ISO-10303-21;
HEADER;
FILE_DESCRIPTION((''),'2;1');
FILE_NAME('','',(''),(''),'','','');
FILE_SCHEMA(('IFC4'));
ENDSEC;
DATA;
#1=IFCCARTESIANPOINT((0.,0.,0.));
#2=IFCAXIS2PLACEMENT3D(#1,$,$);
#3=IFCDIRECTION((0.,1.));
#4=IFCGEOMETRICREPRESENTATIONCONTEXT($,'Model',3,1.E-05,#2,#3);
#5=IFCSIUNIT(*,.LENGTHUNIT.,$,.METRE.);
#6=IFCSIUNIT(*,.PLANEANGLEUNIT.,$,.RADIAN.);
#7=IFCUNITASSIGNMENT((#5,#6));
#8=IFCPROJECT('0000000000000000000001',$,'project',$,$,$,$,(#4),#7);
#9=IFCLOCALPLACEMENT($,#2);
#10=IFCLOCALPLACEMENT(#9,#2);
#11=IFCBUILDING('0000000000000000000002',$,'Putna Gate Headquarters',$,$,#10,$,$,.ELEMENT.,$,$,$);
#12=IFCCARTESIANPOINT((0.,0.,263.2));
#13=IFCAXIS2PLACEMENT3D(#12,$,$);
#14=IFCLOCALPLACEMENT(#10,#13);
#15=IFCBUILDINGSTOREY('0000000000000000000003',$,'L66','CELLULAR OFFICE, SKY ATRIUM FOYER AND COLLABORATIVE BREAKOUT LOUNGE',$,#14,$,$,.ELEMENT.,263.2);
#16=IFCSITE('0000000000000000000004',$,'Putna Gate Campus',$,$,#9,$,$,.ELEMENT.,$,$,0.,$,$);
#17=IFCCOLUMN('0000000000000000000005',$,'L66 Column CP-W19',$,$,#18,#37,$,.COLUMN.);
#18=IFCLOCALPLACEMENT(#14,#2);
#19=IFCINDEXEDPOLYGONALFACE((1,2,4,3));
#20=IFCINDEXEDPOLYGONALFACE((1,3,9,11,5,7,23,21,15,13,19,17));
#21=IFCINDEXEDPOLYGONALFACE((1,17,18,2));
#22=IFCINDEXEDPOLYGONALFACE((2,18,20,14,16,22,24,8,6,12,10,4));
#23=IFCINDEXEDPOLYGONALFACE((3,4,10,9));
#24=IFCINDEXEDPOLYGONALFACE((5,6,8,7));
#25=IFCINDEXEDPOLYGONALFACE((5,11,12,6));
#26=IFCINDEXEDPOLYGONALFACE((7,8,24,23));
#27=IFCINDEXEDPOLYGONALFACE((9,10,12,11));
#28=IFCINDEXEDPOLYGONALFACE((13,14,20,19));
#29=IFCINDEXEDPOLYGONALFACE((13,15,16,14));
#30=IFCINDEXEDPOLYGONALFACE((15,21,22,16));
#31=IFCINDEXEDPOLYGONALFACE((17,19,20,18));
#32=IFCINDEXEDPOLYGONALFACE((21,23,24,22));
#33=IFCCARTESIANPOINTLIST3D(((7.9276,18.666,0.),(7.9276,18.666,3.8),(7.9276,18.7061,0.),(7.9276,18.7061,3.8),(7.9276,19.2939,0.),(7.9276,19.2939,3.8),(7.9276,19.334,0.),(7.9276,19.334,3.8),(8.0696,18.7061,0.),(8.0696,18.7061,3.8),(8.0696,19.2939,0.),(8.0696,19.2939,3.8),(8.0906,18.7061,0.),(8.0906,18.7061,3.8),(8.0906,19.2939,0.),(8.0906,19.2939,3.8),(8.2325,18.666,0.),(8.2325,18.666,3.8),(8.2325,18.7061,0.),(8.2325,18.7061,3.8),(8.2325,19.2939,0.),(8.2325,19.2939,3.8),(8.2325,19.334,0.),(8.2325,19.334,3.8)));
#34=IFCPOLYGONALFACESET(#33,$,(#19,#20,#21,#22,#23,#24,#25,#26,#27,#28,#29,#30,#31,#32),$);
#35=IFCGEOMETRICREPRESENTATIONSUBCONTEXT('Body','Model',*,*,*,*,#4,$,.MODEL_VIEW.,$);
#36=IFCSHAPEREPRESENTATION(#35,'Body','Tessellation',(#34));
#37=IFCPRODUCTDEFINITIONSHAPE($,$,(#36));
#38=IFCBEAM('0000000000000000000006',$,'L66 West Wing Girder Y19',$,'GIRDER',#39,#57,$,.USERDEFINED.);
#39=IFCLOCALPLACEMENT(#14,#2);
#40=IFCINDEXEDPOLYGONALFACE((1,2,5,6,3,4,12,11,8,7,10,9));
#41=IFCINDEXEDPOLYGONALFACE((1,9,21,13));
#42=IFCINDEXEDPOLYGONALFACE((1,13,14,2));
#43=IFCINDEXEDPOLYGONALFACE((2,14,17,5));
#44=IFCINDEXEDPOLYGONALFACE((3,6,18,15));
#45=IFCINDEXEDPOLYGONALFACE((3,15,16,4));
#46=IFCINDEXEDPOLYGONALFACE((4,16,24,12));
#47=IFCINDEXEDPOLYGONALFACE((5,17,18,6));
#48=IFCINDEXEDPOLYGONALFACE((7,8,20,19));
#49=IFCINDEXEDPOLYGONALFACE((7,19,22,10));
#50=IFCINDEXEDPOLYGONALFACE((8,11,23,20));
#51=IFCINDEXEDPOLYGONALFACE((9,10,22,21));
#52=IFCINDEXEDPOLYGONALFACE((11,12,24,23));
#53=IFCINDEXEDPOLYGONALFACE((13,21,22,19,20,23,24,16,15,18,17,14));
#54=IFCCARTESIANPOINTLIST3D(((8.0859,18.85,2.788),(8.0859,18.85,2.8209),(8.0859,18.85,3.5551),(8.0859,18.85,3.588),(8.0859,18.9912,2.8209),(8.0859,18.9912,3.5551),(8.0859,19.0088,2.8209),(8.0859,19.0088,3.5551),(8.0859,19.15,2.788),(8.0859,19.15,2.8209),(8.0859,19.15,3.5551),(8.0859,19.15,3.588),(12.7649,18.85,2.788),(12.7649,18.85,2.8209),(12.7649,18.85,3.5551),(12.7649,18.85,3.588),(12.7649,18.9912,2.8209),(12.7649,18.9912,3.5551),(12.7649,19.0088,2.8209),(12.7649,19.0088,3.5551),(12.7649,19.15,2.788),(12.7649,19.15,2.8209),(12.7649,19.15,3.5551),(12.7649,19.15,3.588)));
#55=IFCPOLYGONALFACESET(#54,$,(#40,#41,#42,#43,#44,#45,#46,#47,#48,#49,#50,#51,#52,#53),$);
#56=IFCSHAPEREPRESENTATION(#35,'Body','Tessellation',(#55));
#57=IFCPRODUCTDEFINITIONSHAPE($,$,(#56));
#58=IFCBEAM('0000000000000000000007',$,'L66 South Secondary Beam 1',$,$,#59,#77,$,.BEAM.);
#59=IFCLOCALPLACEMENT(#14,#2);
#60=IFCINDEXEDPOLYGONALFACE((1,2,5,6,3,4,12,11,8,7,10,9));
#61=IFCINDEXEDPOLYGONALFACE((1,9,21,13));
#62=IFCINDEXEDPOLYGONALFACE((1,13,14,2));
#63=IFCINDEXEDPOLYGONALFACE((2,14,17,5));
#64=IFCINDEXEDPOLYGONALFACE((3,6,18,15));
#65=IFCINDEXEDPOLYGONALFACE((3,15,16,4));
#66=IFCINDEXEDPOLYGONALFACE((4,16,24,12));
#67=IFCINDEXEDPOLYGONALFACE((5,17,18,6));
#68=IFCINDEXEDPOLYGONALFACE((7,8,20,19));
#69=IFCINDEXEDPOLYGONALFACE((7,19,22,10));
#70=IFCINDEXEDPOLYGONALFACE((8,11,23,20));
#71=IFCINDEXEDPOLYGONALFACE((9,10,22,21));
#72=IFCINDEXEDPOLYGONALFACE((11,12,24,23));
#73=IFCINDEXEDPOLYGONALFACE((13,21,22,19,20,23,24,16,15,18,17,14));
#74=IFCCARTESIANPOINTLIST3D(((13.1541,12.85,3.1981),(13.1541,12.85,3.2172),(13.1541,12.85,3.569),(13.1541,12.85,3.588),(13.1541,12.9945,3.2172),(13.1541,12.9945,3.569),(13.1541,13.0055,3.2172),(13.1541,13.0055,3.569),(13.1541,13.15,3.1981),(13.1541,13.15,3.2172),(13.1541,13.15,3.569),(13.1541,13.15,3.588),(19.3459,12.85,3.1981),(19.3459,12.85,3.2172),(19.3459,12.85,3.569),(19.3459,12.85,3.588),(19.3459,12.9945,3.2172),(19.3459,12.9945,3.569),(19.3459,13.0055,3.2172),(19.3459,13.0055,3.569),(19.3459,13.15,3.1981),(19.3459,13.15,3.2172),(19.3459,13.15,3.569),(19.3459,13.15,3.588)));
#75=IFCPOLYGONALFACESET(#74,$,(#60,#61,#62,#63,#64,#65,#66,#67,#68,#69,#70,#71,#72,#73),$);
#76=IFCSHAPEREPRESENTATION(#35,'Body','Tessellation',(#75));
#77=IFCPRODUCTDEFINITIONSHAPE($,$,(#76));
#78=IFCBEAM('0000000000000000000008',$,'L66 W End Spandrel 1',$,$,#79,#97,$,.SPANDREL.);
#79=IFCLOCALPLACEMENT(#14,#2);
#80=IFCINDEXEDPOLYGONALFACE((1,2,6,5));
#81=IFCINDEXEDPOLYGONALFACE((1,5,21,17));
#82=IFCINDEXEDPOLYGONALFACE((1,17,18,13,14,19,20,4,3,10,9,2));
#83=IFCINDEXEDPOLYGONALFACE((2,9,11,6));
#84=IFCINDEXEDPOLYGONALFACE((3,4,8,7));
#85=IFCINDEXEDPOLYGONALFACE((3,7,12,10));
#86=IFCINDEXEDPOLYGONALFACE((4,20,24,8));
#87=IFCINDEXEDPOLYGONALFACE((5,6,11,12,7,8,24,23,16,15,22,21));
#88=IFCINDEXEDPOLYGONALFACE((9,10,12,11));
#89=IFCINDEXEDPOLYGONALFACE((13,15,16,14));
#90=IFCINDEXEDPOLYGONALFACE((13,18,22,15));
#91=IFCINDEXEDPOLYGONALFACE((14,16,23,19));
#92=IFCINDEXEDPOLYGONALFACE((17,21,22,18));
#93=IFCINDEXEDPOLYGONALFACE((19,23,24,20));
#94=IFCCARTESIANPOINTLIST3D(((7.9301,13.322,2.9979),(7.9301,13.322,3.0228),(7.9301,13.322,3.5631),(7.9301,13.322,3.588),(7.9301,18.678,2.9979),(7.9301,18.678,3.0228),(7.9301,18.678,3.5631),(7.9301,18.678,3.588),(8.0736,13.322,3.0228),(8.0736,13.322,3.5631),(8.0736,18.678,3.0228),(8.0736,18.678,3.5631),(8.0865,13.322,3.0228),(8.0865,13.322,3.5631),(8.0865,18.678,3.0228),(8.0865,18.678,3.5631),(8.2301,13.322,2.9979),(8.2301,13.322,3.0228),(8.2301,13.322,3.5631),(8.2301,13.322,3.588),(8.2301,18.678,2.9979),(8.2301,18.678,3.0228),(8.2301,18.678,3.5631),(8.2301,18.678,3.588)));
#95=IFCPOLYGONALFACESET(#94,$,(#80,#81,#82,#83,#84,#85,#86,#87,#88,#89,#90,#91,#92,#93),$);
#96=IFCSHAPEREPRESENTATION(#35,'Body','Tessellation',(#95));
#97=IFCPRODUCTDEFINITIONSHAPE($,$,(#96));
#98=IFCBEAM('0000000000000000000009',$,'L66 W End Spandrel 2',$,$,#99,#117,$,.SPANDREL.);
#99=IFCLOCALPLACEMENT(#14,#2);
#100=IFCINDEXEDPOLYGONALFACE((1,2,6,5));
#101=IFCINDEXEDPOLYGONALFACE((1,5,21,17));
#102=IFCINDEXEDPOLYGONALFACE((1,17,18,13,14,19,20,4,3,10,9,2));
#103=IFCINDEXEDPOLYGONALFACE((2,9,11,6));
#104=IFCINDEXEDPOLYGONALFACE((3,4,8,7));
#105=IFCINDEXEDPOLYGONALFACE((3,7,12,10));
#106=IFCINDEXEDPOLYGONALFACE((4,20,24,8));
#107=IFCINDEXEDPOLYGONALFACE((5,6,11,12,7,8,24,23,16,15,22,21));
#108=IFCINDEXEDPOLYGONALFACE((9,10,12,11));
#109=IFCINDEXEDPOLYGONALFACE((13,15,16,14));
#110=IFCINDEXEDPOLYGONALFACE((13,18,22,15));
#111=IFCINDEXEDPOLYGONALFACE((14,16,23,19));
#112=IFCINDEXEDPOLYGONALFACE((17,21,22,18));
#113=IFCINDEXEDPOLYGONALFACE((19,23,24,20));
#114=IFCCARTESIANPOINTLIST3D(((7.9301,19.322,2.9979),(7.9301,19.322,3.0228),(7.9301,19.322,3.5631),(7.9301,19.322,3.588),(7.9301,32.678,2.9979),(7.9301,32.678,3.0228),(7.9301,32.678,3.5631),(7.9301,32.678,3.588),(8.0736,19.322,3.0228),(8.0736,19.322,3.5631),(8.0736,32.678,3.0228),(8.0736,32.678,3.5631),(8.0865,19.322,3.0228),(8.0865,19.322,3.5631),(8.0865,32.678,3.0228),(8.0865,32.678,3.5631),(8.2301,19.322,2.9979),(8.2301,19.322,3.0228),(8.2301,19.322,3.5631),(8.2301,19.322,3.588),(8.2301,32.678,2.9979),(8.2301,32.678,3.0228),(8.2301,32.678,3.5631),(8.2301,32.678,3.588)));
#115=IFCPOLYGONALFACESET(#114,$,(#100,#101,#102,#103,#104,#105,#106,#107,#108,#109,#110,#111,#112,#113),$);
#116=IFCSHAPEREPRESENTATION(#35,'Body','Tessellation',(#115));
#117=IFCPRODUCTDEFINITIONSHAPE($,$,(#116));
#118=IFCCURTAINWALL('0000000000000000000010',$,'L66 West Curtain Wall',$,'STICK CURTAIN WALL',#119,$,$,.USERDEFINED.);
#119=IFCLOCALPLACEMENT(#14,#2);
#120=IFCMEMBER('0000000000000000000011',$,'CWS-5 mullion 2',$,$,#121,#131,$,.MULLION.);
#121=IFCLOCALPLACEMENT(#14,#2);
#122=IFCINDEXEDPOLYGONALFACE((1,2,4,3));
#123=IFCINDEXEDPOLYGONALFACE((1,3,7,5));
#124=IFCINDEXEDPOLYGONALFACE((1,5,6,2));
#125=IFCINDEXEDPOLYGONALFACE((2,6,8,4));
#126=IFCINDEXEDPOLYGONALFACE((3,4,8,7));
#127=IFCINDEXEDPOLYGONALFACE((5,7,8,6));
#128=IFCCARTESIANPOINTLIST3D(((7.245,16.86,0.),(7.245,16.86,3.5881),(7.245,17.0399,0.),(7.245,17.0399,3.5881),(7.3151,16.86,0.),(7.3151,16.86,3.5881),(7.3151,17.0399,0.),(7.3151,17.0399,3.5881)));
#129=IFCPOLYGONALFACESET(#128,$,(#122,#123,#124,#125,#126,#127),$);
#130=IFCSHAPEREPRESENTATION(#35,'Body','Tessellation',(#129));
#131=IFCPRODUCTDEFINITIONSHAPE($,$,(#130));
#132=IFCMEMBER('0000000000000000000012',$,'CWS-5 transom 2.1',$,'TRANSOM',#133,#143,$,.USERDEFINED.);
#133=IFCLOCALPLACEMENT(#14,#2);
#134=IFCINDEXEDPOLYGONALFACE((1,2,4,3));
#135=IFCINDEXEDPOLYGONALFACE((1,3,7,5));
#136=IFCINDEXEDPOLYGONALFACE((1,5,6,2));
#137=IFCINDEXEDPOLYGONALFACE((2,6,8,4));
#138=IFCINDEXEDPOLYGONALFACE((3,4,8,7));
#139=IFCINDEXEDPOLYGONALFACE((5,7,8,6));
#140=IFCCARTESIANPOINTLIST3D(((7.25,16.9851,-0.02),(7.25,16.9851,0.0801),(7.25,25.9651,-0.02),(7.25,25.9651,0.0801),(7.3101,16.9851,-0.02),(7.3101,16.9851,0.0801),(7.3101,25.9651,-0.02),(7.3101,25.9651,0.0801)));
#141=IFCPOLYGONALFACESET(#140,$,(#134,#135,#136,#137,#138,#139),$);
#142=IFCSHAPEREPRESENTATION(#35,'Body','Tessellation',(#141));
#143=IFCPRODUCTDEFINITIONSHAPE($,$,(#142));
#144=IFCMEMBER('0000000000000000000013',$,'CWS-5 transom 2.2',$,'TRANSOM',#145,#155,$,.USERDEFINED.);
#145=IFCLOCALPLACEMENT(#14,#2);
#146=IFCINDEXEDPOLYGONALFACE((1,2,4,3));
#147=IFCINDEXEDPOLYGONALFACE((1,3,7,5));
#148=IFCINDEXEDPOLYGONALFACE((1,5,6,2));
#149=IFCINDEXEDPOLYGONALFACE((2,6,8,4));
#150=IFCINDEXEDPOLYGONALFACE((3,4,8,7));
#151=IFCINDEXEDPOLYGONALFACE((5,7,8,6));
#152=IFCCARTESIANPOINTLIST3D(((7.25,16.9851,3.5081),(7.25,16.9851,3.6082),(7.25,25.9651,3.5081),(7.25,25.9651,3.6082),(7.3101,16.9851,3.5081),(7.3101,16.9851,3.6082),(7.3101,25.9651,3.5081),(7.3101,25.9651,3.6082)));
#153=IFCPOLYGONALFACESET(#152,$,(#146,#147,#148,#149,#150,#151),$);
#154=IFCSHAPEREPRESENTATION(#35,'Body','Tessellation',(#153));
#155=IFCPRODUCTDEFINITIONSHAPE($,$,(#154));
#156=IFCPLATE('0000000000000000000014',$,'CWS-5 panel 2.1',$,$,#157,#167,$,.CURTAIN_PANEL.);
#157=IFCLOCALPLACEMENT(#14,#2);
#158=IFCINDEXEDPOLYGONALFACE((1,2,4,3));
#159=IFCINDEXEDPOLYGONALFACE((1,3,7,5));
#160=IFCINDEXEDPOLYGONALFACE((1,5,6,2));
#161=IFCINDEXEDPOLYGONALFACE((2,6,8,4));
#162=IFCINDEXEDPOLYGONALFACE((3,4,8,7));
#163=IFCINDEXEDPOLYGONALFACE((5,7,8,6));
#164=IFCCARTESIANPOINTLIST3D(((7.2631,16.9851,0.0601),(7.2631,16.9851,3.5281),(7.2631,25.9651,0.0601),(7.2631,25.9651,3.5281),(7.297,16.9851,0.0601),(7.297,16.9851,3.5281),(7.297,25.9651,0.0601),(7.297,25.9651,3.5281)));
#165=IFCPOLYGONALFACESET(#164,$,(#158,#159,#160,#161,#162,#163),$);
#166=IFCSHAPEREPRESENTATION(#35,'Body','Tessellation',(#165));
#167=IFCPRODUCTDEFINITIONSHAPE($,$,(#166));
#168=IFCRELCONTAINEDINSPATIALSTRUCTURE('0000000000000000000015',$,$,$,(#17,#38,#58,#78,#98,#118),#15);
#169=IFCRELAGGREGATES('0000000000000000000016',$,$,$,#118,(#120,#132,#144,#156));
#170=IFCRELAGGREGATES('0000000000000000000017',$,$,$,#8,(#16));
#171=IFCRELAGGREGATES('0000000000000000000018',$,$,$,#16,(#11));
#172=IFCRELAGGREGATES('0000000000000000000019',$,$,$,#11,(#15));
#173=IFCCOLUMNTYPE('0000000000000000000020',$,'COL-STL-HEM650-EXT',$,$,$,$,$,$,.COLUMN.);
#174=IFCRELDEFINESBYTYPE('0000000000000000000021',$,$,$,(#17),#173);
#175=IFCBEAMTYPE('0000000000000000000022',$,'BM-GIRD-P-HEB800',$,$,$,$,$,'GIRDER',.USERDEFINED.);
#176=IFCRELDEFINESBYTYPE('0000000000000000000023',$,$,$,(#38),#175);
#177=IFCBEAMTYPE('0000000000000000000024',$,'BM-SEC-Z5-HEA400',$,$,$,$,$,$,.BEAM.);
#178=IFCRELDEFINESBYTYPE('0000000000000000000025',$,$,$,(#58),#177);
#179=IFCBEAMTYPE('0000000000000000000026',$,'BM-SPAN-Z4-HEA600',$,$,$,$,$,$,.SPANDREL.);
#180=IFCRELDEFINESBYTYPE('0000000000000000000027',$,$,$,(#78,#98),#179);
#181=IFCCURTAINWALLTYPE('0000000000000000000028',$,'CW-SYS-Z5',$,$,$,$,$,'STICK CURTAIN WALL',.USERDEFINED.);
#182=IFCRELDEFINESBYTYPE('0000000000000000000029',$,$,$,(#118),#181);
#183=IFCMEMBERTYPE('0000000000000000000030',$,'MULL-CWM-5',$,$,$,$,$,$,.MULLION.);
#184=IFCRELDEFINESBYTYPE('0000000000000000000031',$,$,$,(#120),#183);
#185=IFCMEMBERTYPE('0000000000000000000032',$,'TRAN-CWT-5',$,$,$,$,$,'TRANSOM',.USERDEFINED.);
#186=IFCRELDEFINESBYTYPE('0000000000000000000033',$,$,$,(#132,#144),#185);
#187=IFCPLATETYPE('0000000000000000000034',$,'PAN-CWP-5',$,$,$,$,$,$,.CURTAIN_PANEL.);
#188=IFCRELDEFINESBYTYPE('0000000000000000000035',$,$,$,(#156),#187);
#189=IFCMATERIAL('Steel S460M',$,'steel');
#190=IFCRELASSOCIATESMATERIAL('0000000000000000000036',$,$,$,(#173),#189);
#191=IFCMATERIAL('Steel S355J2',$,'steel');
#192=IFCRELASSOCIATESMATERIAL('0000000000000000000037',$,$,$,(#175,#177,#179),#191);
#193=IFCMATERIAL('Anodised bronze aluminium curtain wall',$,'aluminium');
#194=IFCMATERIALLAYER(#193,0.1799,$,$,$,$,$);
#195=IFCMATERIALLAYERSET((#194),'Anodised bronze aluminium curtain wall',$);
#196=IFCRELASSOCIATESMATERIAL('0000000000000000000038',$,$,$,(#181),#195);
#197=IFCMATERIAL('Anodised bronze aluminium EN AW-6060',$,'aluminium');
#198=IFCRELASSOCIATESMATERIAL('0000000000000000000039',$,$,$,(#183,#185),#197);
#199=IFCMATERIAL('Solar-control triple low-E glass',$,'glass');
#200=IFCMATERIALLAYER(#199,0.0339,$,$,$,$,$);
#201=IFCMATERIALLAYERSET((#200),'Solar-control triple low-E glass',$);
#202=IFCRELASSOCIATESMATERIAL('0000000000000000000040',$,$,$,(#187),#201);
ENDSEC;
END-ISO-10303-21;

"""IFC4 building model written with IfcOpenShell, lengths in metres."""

from ifc_helpers import new_model, si_unit, direction, frame, origin, origin_2d, place, context, subcontext, project, spatial, rectangle, i_section, extrude, material, layer, layer_set, material_profile, profile_set, type_object, element, aggregate, save


model = new_model("IFC4")

# Units and contexts
model_context = context("Model", 3, precision=1e-05, world=origin(), true_north=direction((0.0, 1.0)))
body_context = subcontext(model_context, "Body", "Model", "MODEL_VIEW")
ifc_project = project(units=[si_unit("LENGTHUNIT", "METRE"), si_unit("PLANEANGLEUNIT", "RADIAN")], contexts=[model_context])

# Site, building, storey
site_placement = place(None, origin())
site = spatial("IfcSite", under=ifc_project, at=site_placement, Name="Putna Gate Campus", CompositionType="ELEMENT", RefElevation=0.0)
building_placement = place(site_placement, origin())
building = spatial("IfcBuilding", under=site, at=building_placement, Name="Putna Gate Headquarters", CompositionType="ELEMENT")
storey_placement = place(building_placement, frame((0.0, 0.0, 263.2)))
storey = spatial("IfcBuildingStorey", under=building, at=storey_placement, Name="L66", Description="CELLULAR OFFICE, SKY ATRIUM FOYER AND COLLABORATIVE BREAKOUT LOUNGE", CompositionType="ELEMENT", Elevation=263.2)

# Column
ifc_material_1 = material(Name="Steel S460M", Category="steel")
ifc_material_profile_1 = material_profile(ifc_material_1, i_section(OverallWidth=0.3049, OverallDepth=0.668, WebThickness=0.021, FlangeThickness=0.04, at=origin_2d()), Name="Steel S460M")
ifc_profile_set_1 = profile_set([ifc_material_profile_1], Name="Steel S460M")
column_type = type_object("IfcColumnType", Name="COL-STL-HEM650-EXT", PredefinedType="COLUMN", material=ifc_profile_set_1)
column_placement = place(storey_placement, frame((8.0801, 19.0, 0.0), z_axis=(0.0, 0.0, 1.0), x_axis=(1.0, 0.0, 0.0)))
element("IfcColumn", 1, at=column_placement, inside=storey, type_object=column_type, Name="L66 Column CP-W19", PredefinedType="COLUMN", context=body_context, shape_type="SweptSolid", body=[
    extrude(i_section(OverallWidth=0.3049, OverallDepth=0.668, WebThickness=0.021, FlangeThickness=0.04, at=origin_2d()), origin(), (0.0, 0.0, 1.0), 3.8),
])

# Beams
ifc_material_2 = material(Name="Steel S355J2", Category="steel")
ifc_material_profile_2 = material_profile(ifc_material_2, i_section(OverallWidth=0.3, OverallDepth=0.8, WebThickness=0.0176, FlangeThickness=0.033, at=origin_2d()), Name="Steel S355J2")
ifc_profile_set_2 = profile_set([ifc_material_profile_2], Name="Steel S355J2")
beam_type_1 = type_object("IfcBeamType", Name="BM-GIRD-P-HEB800", ElementType="GIRDER", PredefinedType="USERDEFINED", material=ifc_profile_set_2)
beam_1_placement = place(storey_placement, frame((8.0859, 19.0, 3.188), z_axis=(1.0, 0.0, 0.0), x_axis=(0.0, 1.0, 0.0)))
element("IfcBeam", 2, at=beam_1_placement, inside=storey, type_object=beam_type_1, Name="L66 West Wing Girder Y19", ObjectType="GIRDER", PredefinedType="USERDEFINED", context=body_context, shape_type="SweptSolid", body=[
    extrude(i_section(OverallWidth=0.3, OverallDepth=0.8, WebThickness=0.0176, FlangeThickness=0.033, at=origin_2d()), origin(), (0.0, 0.0, 1.0), 4.679),
])
ifc_material_profile_3 = material_profile(ifc_material_2, i_section(OverallWidth=0.3, OverallDepth=0.3899, WebThickness=0.011, FlangeThickness=0.019, at=origin_2d()), Name="Steel S355J2")
ifc_profile_set_3 = profile_set([ifc_material_profile_3], Name="Steel S355J2")
beam_type_2 = type_object("IfcBeamType", Name="BM-SEC-Z5-HEA400", PredefinedType="BEAM", material=ifc_profile_set_3)
beam_2_placement = place(storey_placement, frame((13.1541, 13.0, 3.3931), z_axis=(1.0, 0.0, 0.0), x_axis=(0.0, 1.0, 0.0)))
element("IfcBeam", 3, at=beam_2_placement, inside=storey, type_object=beam_type_2, Name="L66 South Secondary Beam 1", PredefinedType="BEAM", context=body_context, shape_type="SweptSolid", body=[
    extrude(i_section(OverallWidth=0.3, OverallDepth=0.3899, WebThickness=0.011, FlangeThickness=0.019, at=origin_2d()), origin(), (0.0, 0.0, 1.0), 6.1919),
])
ifc_material_profile_4 = material_profile(ifc_material_2, i_section(OverallWidth=0.3, OverallDepth=0.5901, WebThickness=0.0129, FlangeThickness=0.0249, at=origin_2d()), Name="Steel S355J2")
ifc_profile_set_4 = profile_set([ifc_material_profile_4], Name="Steel S355J2")
beam_type_3 = type_object("IfcBeamType", Name="BM-SPAN-Z4-HEA600", PredefinedType="SPANDREL", material=ifc_profile_set_4)
beam_3_placement = place(storey_placement, frame((8.0801, 13.322, 3.293), z_axis=(0.0, 1.0, 0.0), x_axis=(-1.0, 0.0, 0.0)))
element("IfcBeam", 4, at=beam_3_placement, inside=storey, type_object=beam_type_3, Name="L66 W End Spandrel 1", PredefinedType="SPANDREL", context=body_context, shape_type="SweptSolid", body=[
    extrude(i_section(OverallWidth=0.3, OverallDepth=0.5901, WebThickness=0.0129, FlangeThickness=0.0249, at=origin_2d()), origin(), (0.0, 0.0, 1.0), 5.356),
])
beam_4_placement = place(storey_placement, frame((8.0801, 19.322, 3.293), z_axis=(0.0, 1.0, 0.0), x_axis=(-1.0, 0.0, 0.0)))
element("IfcBeam", 5, at=beam_4_placement, inside=storey, type_object=beam_type_3, Name="L66 W End Spandrel 2", PredefinedType="SPANDREL", context=body_context, shape_type="SweptSolid", body=[
    extrude(i_section(OverallWidth=0.3, OverallDepth=0.5901, WebThickness=0.0129, FlangeThickness=0.0249, at=origin_2d()), origin(), (0.0, 0.0, 1.0), 13.356),
])

# Curtain wall, members, plate
ifc_material_3 = material(Name="Anodised bronze aluminium curtain wall", Category="aluminium")
ifc_layer_1 = layer(ifc_material_3, 0.1799)
ifc_layer_set_1 = layer_set([ifc_layer_1], Name="Anodised bronze aluminium curtain wall")
curtain_wall_type = type_object("IfcCurtainWallType", Name="CW-SYS-Z5", ElementType="STICK CURTAIN WALL", PredefinedType="USERDEFINED", material=ifc_layer_set_1)
curtain_wall_placement = place(storey_placement, origin())
curtain_wall = element("IfcCurtainWall", 6, at=curtain_wall_placement, inside=storey, type_object=curtain_wall_type, Name="L66 West Curtain Wall", ObjectType="STICK CURTAIN WALL", PredefinedType="USERDEFINED")
ifc_material_4 = material(Name="Anodised bronze aluminium EN AW-6060", Category="aluminium")
ifc_material_profile_5 = material_profile(ifc_material_4, rectangle(XDim=0.0701, YDim=0.1799, at=origin_2d()), Name="Anodised bronze aluminium EN AW-6060")
ifc_profile_set_5 = profile_set([ifc_material_profile_5], Name="Anodised bronze aluminium EN AW-6060")
member_type_1 = type_object("IfcMemberType", Name="MULL-CWM-5", PredefinedType="MULLION", material=ifc_profile_set_5)
member_1_placement = place(storey_placement, frame((7.28, 16.95, 0.0), z_axis=(0.0, 0.0, 1.0), x_axis=(-1.0, 0.0, 0.0)))
member_1 = element("IfcMember", 7, at=member_1_placement, type_object=member_type_1, Name="CWS-5 mullion 2", PredefinedType="MULLION", context=body_context, shape_type="SweptSolid", body=[
    extrude(rectangle(XDim=0.0701, YDim=0.1799, at=origin_2d()), origin(), (0.0, 0.0, 1.0), 3.5881),
])
ifc_material_profile_6 = material_profile(ifc_material_4, rectangle(XDim=0.0601, YDim=0.1001, at=origin_2d()), Name="Anodised bronze aluminium EN AW-6060")
ifc_profile_set_6 = profile_set([ifc_material_profile_6], Name="Anodised bronze aluminium EN AW-6060")
member_type_2 = type_object("IfcMemberType", Name="TRAN-CWT-5", ElementType="TRANSOM", PredefinedType="USERDEFINED", material=ifc_profile_set_6)
member_2_placement = place(storey_placement, frame((7.28, 16.9851, 0.03), z_axis=(0.0, 1.0, 0.0), x_axis=(-1.0, 0.0, 0.0)))
member_2 = element("IfcMember", 8, at=member_2_placement, type_object=member_type_2, Name="CWS-5 transom 2.1", ObjectType="TRANSOM", PredefinedType="USERDEFINED", context=body_context, shape_type="SweptSolid", body=[
    extrude(rectangle(XDim=0.0601, YDim=0.1001, at=origin_2d()), origin(), (0.0, 0.0, 1.0), 8.98),
])
member_3_placement = place(storey_placement, frame((7.28, 16.9851, 3.5581), z_axis=(0.0, 1.0, 0.0), x_axis=(-1.0, 0.0, 0.0)))
member_3 = element("IfcMember", 9, at=member_3_placement, type_object=member_type_2, Name="CWS-5 transom 2.2", ObjectType="TRANSOM", PredefinedType="USERDEFINED", context=body_context, shape_type="SweptSolid", body=[
    extrude(rectangle(XDim=0.0601, YDim=0.1001, at=origin_2d()), origin(), (0.0, 0.0, 1.0), 8.98),
])
ifc_material_5 = material(Name="Solar-control triple low-E glass", Category="glass")
ifc_layer_2 = layer(ifc_material_5, 0.0339)
ifc_layer_set_2 = layer_set([ifc_layer_2], Name="Solar-control triple low-E glass")
plate_type = type_object("IfcPlateType", Name="PAN-CWP-5", PredefinedType="CURTAIN_PANEL", material=ifc_layer_set_2)
plate_placement = place(storey_placement, frame((7.28, 21.4751, 0.0601), z_axis=(0.0, 0.0, 1.0), x_axis=(0.0, 1.0, 0.0)))
plate = element("IfcPlate", 10, at=plate_placement, type_object=plate_type, Name="CWS-5 panel 2.1", PredefinedType="CURTAIN_PANEL", context=body_context, shape_type="SweptSolid", body=[
    extrude(rectangle(XDim=8.98, YDim=0.0339, at=origin_2d()), origin(), (0.0, 0.0, 1.0), 3.468),
])
aggregate(curtain_wall, [member_1, member_2, member_3, plate])

save(model, "model.ifc")
